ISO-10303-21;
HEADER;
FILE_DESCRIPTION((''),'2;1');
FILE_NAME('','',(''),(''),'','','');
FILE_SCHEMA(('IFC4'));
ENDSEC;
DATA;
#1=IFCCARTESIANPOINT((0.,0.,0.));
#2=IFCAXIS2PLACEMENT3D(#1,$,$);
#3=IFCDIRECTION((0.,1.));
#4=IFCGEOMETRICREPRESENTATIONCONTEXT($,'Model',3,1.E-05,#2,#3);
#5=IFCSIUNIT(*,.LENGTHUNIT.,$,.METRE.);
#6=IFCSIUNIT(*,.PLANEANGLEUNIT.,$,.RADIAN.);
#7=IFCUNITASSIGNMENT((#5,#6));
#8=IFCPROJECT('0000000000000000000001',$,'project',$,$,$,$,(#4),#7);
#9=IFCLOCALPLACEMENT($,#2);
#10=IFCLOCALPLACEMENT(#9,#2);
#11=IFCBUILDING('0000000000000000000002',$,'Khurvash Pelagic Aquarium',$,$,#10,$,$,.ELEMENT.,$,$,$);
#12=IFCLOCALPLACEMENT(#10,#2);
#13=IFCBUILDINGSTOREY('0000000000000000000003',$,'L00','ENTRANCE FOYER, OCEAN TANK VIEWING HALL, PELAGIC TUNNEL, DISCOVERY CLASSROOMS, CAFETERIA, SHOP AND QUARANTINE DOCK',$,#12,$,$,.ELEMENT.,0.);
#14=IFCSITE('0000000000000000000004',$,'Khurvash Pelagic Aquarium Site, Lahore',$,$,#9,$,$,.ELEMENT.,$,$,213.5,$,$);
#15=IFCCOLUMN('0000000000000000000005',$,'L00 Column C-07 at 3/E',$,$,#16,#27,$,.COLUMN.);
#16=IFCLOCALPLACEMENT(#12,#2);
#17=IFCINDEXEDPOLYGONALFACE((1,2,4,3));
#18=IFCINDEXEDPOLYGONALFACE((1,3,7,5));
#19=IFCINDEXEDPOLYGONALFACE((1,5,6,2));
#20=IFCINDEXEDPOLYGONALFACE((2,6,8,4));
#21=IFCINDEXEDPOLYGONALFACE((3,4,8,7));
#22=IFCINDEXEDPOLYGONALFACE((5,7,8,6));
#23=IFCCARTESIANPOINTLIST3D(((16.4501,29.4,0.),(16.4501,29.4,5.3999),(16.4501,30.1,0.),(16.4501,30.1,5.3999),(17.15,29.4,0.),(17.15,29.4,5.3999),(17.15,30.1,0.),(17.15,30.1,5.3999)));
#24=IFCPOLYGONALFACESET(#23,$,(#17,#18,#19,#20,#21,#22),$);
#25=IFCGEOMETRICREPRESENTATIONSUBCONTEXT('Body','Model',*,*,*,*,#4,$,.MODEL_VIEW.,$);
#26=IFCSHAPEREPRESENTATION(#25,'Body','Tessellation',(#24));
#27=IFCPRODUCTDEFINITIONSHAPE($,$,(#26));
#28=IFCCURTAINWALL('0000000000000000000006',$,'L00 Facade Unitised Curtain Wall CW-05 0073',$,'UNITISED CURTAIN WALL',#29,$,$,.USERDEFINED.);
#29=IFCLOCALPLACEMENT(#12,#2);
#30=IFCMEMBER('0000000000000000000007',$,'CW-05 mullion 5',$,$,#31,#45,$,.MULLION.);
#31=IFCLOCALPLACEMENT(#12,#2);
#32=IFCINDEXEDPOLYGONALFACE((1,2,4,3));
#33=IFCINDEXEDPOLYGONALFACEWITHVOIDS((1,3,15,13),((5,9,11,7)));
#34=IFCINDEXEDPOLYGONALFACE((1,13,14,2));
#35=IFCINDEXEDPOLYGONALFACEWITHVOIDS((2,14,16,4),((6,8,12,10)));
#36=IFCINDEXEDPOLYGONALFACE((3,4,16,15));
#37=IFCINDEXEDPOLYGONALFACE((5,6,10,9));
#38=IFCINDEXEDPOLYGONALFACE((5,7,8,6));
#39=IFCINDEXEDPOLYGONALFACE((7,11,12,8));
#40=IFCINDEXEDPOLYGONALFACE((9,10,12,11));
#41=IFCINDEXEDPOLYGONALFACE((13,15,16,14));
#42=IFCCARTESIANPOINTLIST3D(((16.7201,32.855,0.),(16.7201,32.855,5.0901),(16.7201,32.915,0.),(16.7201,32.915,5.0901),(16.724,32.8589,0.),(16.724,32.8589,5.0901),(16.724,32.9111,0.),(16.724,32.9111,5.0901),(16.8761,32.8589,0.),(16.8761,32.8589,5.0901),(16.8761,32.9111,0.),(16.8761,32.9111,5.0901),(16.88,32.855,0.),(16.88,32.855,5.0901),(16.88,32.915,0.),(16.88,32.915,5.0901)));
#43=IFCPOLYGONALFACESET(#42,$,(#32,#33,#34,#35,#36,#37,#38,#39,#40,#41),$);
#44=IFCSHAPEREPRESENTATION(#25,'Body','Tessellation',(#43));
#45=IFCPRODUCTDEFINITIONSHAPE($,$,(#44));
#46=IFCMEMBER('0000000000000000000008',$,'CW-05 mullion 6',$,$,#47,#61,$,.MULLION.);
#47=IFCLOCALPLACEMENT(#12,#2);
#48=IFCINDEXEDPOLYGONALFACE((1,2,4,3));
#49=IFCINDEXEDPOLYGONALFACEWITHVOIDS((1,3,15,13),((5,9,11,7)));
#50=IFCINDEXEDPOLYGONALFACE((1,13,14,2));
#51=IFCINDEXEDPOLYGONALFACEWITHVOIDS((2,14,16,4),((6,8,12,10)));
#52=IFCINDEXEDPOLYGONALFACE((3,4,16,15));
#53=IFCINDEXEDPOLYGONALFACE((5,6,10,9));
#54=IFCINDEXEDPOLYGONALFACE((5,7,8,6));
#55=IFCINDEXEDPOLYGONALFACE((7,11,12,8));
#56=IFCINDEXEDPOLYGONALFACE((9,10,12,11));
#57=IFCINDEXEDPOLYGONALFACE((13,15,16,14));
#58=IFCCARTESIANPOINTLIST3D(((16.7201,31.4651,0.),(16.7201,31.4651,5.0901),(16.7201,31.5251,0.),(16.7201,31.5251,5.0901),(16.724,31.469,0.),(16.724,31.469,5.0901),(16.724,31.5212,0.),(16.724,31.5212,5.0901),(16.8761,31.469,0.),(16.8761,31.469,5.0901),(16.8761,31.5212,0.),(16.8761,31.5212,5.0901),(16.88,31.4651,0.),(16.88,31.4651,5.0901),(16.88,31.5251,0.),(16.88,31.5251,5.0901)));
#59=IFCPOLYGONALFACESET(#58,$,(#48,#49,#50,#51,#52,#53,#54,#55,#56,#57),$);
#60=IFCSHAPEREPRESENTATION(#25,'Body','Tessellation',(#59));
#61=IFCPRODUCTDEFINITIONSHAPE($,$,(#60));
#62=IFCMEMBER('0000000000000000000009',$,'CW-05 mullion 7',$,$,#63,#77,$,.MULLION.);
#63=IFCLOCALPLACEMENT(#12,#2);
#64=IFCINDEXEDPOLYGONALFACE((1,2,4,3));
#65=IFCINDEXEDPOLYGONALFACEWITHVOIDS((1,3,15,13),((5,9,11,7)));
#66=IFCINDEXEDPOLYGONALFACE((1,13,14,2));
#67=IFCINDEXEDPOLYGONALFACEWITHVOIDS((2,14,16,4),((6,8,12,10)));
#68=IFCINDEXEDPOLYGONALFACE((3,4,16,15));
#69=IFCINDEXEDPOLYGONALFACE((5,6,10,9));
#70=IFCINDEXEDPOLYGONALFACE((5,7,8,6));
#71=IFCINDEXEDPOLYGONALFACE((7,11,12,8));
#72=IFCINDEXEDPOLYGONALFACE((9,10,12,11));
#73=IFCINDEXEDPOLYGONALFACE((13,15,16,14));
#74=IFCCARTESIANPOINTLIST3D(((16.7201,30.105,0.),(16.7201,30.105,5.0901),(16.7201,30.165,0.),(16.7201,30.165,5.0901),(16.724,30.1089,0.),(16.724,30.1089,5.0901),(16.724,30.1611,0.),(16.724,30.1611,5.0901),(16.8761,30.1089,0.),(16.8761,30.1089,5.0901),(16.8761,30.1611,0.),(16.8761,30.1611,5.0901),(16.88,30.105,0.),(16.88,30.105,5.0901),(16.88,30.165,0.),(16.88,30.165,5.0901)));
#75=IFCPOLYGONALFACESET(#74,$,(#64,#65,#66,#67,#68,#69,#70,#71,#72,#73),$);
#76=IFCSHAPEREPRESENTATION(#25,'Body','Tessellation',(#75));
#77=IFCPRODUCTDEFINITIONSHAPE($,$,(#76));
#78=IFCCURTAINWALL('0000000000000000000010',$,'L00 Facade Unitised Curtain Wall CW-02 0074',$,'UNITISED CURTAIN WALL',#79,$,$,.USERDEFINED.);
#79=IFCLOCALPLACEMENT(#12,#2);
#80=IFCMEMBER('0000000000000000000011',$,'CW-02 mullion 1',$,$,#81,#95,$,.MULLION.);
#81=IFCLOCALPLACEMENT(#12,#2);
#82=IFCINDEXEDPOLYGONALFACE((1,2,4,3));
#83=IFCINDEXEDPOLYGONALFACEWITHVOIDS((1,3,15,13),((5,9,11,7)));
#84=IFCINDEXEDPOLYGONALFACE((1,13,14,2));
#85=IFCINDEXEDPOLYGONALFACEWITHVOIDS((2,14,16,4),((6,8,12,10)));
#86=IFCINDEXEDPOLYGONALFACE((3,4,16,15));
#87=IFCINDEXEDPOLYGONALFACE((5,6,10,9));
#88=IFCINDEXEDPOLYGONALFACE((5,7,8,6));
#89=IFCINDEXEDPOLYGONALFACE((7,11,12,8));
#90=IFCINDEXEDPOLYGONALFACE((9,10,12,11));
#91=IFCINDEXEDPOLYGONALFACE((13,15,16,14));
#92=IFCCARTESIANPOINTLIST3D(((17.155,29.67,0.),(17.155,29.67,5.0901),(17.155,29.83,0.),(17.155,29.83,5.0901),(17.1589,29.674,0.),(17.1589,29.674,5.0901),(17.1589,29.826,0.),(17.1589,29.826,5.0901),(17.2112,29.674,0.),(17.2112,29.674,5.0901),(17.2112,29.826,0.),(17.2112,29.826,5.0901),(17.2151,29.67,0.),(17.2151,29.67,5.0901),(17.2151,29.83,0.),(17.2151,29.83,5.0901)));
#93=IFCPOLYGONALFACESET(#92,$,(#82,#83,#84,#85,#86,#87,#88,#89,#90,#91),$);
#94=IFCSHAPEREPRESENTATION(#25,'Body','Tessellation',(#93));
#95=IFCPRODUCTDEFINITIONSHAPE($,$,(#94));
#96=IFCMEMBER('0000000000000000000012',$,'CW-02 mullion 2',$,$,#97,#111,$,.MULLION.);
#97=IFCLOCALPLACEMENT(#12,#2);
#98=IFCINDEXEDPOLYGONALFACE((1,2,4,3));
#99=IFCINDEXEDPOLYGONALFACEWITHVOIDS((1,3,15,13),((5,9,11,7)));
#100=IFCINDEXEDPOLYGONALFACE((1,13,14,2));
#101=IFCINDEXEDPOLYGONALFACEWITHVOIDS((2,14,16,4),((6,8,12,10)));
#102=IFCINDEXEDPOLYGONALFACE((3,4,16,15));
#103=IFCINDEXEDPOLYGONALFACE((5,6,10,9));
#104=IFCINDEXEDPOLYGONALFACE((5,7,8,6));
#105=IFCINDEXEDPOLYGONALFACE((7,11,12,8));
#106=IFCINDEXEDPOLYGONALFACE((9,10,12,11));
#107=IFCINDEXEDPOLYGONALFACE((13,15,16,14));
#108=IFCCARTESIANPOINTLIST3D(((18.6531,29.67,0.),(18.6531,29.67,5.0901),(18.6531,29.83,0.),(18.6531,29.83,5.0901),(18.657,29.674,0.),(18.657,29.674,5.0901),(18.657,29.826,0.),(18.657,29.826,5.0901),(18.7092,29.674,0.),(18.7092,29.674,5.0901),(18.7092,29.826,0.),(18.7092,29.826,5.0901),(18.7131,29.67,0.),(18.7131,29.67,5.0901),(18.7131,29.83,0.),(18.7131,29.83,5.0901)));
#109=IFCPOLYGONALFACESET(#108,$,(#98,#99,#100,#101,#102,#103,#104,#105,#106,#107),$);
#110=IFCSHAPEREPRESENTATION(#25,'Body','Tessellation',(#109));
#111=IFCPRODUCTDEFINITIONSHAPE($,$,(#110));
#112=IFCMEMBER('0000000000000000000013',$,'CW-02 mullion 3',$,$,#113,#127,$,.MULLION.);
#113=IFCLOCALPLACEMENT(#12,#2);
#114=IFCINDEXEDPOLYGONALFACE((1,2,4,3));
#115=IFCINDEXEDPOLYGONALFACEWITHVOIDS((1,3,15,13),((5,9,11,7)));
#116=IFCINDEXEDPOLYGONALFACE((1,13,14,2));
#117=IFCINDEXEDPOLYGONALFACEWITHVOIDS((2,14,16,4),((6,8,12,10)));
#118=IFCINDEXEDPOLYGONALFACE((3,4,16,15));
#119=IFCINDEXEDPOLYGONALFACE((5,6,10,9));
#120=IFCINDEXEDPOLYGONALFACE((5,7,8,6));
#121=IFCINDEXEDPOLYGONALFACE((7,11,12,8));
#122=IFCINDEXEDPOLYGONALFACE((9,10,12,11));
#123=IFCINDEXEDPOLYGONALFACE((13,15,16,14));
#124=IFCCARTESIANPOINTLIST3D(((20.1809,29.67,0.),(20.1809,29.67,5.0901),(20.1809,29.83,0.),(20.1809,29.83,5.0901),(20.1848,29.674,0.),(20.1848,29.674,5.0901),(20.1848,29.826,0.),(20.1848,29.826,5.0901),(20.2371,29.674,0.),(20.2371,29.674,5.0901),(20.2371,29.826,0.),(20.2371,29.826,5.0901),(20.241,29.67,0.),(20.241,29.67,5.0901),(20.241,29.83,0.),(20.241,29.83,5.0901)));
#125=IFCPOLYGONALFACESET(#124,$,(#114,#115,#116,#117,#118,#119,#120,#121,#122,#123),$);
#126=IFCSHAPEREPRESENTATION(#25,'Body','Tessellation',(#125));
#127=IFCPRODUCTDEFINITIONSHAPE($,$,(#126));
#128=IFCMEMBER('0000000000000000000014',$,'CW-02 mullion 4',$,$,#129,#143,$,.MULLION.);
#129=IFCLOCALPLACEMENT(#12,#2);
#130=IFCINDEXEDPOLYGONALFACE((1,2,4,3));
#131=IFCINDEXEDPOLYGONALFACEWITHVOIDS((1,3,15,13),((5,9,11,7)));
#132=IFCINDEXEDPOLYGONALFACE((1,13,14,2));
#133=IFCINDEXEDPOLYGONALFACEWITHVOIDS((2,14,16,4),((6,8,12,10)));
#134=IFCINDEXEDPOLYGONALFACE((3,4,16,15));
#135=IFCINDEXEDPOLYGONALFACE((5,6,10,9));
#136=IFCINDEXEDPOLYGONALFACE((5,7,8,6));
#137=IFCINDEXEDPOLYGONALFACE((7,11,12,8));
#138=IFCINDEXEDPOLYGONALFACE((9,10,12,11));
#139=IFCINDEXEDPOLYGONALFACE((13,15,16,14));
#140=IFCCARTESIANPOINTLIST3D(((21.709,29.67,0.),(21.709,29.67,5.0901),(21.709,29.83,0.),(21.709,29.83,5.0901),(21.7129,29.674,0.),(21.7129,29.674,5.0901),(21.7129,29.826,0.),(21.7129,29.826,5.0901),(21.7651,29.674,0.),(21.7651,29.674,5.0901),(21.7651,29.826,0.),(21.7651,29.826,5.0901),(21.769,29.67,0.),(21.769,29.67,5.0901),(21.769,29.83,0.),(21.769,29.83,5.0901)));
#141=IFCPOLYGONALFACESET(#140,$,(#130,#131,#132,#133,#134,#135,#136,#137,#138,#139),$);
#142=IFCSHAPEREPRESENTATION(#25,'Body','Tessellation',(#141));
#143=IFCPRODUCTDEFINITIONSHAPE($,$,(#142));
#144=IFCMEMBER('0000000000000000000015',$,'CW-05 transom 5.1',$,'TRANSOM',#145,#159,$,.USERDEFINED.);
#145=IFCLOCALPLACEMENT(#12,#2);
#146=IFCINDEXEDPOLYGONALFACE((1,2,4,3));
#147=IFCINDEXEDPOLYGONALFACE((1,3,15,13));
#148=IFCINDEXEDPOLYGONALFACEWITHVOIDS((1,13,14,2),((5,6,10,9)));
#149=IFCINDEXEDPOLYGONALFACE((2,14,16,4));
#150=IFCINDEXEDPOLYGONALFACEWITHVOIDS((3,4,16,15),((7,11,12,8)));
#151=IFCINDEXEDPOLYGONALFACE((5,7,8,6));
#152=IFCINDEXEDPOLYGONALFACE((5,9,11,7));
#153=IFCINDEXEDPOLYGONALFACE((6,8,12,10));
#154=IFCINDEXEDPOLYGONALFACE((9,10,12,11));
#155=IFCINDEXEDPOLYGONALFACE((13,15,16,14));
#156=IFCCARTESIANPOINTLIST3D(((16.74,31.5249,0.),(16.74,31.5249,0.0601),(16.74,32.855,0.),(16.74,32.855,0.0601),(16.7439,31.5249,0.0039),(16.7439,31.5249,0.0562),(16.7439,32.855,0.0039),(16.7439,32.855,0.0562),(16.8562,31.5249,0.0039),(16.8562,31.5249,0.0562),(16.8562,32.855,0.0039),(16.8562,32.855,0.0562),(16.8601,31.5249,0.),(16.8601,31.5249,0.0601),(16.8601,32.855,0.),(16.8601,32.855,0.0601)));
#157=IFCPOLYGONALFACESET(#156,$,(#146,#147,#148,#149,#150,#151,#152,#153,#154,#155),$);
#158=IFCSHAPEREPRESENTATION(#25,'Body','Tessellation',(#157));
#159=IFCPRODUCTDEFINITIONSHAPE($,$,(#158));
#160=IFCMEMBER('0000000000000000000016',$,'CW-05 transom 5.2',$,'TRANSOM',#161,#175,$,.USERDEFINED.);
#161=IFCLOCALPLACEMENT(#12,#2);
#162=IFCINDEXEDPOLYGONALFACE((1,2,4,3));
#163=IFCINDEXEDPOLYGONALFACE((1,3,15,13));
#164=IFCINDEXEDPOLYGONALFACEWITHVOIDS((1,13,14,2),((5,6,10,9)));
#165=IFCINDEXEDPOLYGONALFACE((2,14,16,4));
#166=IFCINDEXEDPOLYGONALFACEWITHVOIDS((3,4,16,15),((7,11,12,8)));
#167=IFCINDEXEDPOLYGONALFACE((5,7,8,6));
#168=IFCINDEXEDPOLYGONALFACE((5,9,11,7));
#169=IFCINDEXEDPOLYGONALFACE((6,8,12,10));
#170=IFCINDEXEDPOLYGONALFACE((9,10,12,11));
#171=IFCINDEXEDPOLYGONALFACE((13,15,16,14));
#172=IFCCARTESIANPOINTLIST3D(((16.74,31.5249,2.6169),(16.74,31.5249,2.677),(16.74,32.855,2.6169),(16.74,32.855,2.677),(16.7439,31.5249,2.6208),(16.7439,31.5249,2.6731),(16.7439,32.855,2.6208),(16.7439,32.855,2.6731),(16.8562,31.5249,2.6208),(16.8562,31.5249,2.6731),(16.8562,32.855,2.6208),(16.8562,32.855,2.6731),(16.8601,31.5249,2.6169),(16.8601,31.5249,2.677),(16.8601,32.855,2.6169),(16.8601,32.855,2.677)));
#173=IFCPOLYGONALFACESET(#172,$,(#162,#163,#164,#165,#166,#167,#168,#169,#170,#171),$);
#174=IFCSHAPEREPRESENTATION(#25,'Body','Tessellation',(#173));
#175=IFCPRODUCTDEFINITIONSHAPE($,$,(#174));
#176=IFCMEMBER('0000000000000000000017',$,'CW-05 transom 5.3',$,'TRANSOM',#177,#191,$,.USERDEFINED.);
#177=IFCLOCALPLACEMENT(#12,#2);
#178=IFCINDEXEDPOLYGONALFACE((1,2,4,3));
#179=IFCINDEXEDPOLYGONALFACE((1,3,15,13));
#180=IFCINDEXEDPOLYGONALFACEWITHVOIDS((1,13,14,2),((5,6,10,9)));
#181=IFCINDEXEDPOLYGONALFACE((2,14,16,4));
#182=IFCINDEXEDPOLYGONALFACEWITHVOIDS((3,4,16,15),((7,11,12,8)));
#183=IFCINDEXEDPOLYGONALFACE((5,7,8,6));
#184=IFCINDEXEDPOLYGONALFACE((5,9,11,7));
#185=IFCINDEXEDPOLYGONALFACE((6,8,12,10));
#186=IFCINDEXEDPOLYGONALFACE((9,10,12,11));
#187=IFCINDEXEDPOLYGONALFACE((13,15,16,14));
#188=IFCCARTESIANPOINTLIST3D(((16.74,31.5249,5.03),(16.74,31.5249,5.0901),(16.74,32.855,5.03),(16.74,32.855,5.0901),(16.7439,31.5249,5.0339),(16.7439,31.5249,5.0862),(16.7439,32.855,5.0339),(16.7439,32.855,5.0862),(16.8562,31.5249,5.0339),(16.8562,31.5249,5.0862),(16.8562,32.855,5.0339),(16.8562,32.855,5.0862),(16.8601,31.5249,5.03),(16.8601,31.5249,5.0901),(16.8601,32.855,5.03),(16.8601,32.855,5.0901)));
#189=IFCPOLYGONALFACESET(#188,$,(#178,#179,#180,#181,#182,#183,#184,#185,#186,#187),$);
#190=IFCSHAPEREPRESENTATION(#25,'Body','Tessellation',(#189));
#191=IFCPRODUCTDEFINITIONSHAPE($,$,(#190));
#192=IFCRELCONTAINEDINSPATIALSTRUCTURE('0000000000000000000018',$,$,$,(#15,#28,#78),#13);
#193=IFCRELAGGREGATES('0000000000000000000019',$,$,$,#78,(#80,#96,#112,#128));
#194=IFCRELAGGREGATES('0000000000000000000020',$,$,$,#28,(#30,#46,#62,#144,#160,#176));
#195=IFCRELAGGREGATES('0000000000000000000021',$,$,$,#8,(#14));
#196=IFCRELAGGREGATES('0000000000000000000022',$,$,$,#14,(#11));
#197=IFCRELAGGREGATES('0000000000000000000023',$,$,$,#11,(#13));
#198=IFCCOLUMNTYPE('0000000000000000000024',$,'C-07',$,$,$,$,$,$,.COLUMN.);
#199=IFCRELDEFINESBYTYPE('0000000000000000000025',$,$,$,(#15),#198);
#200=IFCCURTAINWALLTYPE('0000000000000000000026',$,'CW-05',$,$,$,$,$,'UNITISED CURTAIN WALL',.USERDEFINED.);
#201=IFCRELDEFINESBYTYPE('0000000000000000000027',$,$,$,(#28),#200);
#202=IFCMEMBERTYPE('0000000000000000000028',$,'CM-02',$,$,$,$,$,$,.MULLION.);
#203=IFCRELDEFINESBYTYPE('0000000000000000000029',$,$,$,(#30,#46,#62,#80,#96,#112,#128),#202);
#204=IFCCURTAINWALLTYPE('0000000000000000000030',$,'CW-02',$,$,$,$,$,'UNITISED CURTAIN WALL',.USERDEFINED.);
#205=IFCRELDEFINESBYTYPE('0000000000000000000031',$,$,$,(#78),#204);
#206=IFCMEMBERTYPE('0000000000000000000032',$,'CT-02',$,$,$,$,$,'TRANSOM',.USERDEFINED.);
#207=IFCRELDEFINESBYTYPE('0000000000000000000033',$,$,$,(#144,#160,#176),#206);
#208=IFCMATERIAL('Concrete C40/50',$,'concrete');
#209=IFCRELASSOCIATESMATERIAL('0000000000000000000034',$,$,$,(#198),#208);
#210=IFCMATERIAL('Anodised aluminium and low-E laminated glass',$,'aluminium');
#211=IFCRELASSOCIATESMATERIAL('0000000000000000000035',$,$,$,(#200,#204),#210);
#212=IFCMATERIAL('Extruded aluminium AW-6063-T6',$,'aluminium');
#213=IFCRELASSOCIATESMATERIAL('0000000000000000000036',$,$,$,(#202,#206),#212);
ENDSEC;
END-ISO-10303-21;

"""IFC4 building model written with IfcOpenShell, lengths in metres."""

from ifc_helpers import new_model, si_unit, direction, frame, origin, origin_2d, place, context, subcontext, project, spatial, rectangle, hollow_rectangle, extrude, material, material_profile, profile_set, type_object, element, aggregate, save


model = new_model("IFC4")

# Units and contexts
model_context = context("Model", 3, precision=1e-05, world=origin(), true_north=direction((0.0, 1.0)))
body_context = subcontext(model_context, "Body", "Model", "MODEL_VIEW")
ifc_project = project(units=[si_unit("LENGTHUNIT", "METRE"), si_unit("PLANEANGLEUNIT", "RADIAN")], contexts=[model_context])

# Site, building, storey
site_placement = place(None, origin())
site = spatial("IfcSite", under=ifc_project, at=site_placement, Name="Khurvash Pelagic Aquarium Site, Lahore", CompositionType="ELEMENT", RefElevation=213.5)
building_placement = place(site_placement, origin())
building = spatial("IfcBuilding", under=site, at=building_placement, Name="Khurvash Pelagic Aquarium", CompositionType="ELEMENT")
storey_placement = place(building_placement, origin())
storey = spatial("IfcBuildingStorey", under=building, at=storey_placement, Name="L00", Description="ENTRANCE FOYER, OCEAN TANK VIEWING HALL, PELAGIC TUNNEL, DISCOVERY CLASSROOMS, CAFETERIA, SHOP AND QUARANTINE DOCK", CompositionType="ELEMENT", Elevation=0.0)

# Column
ifc_material_1 = material(Name="Concrete C40/50", Category="concrete")
ifc_material_profile_1 = material_profile(ifc_material_1, rectangle(XDim=0.7, YDim=0.7, at=origin_2d()), Name="RC700X700")
ifc_profile_set_1 = profile_set([ifc_material_profile_1], Name="Concrete C40/50")
column_type = type_object("IfcColumnType", Name="C-07", PredefinedType="COLUMN", material=ifc_profile_set_1)
column_placement = place(storey_placement, frame((16.8, 29.75, 0.0), z_axis=(0.0, 0.0, 1.0), x_axis=(1.0, 0.0, 0.0)))
element("IfcColumn", 1, at=column_placement, inside=storey, type_object=column_type, Name="L00 Column C-07 at 3/E", PredefinedType="COLUMN", context=body_context, shape_type="SweptSolid", body=[
    extrude(rectangle(XDim=0.7, YDim=0.7, at=origin_2d()), origin(), (0.0, 0.0, 1.0), 5.3999),
])

# Curtain walls, members
ifc_material_2 = material(Name="Anodised aluminium and low-E laminated glass", Category="aluminium")
curtain_wall_type_1 = type_object("IfcCurtainWallType", Name="CW-05", ElementType="UNITISED CURTAIN WALL", PredefinedType="USERDEFINED", material=ifc_material_2)
curtain_wall_1_placement = place(storey_placement, origin())
curtain_wall_1 = element("IfcCurtainWall", 2, at=curtain_wall_1_placement, inside=storey, type_object=curtain_wall_type_1, Name="L00 Facade Unitised Curtain Wall CW-05 0073", ObjectType="UNITISED CURTAIN WALL", PredefinedType="USERDEFINED")
ifc_material_3 = material(Name="Extruded aluminium AW-6063-T6", Category="aluminium")
ifc_material_profile_2 = material_profile(ifc_material_3, hollow_rectangle(XDim=0.0601, YDim=0.1599, WallThickness=0.0039, at=origin_2d()), Name="CWM60X160X4")
ifc_profile_set_2 = profile_set([ifc_material_profile_2], Name="Extruded aluminium AW-6063-T6")
member_type_1 = type_object("IfcMemberType", Name="CM-02", PredefinedType="MULLION", material=ifc_profile_set_2)
member_1_placement = place(storey_placement, frame((16.8, 32.885, 0.0), z_axis=(0.0, 0.0, 1.0), x_axis=(0.0, -1.0, 0.0)))
member_1 = element("IfcMember", 3, at=member_1_placement, type_object=member_type_1, Name="CW-05 mullion 5", PredefinedType="MULLION", context=body_context, shape_type="SweptSolid", body=[
    extrude(hollow_rectangle(XDim=0.0601, YDim=0.1599, WallThickness=0.0039, at=origin_2d()), origin(), (0.0, 0.0, 1.0), 5.0901),
])
member_2_placement = place(storey_placement, frame((16.8, 31.4951, 0.0), z_axis=(0.0, 0.0, 1.0), x_axis=(0.0, -1.0, 0.0)))
member_2 = element("IfcMember", 4, at=member_2_placement, type_object=member_type_1, Name="CW-05 mullion 6", PredefinedType="MULLION", context=body_context, shape_type="SweptSolid", body=[
    extrude(hollow_rectangle(XDim=0.0601, YDim=0.1599, WallThickness=0.0039, at=origin_2d()), origin(), (0.0, 0.0, 1.0), 5.0901),
])
member_3_placement = place(storey_placement, frame((16.8, 30.135, 0.0), z_axis=(0.0, 0.0, 1.0), x_axis=(0.0, -1.0, 0.0)))
member_3 = element("IfcMember", 5, at=member_3_placement, type_object=member_type_1, Name="CW-05 mullion 7", PredefinedType="MULLION", context=body_context, shape_type="SweptSolid", body=[
    extrude(hollow_rectangle(XDim=0.0601, YDim=0.1599, WallThickness=0.0039, at=origin_2d()), origin(), (0.0, 0.0, 1.0), 5.0901),
])
curtain_wall_type_2 = type_object("IfcCurtainWallType", Name="CW-02", ElementType="UNITISED CURTAIN WALL", PredefinedType="USERDEFINED", material=ifc_material_2)
curtain_wall_2_placement = place(storey_placement, origin())
curtain_wall_2 = element("IfcCurtainWall", 6, at=curtain_wall_2_placement, inside=storey, type_object=curtain_wall_type_2, Name="L00 Facade Unitised Curtain Wall CW-02 0074", ObjectType="UNITISED CURTAIN WALL", PredefinedType="USERDEFINED")
member_4_placement = place(storey_placement, frame((17.1851, 29.75, 0.0), z_axis=(0.0, 0.0, 1.0), x_axis=(1.0, 0.0, 0.0)))
member_4 = element("IfcMember", 7, at=member_4_placement, type_object=member_type_1, Name="CW-02 mullion 1", PredefinedType="MULLION", context=body_context, shape_type="SweptSolid", body=[
    extrude(hollow_rectangle(XDim=0.0601, YDim=0.1599, WallThickness=0.0039, at=origin_2d()), origin(), (0.0, 0.0, 1.0), 5.0901),
])
member_5_placement = place(storey_placement, frame((18.6831, 29.75, 0.0), z_axis=(0.0, 0.0, 1.0), x_axis=(1.0, 0.0, 0.0)))
member_5 = element("IfcMember", 8, at=member_5_placement, type_object=member_type_1, Name="CW-02 mullion 2", PredefinedType="MULLION", context=body_context, shape_type="SweptSolid", body=[
    extrude(hollow_rectangle(XDim=0.0601, YDim=0.1599, WallThickness=0.0039, at=origin_2d()), origin(), (0.0, 0.0, 1.0), 5.0901),
])
member_6_placement = place(storey_placement, frame((20.2109, 29.75, 0.0), z_axis=(0.0, 0.0, 1.0), x_axis=(1.0, 0.0, 0.0)))
member_6 = element("IfcMember", 9, at=member_6_placement, type_object=member_type_1, Name="CW-02 mullion 3", PredefinedType="MULLION", context=body_context, shape_type="SweptSolid", body=[
    extrude(hollow_rectangle(XDim=0.0601, YDim=0.1599, WallThickness=0.0039, at=origin_2d()), origin(), (0.0, 0.0, 1.0), 5.0901),
])
member_7_placement = place(storey_placement, frame((21.739, 29.75, 0.0), z_axis=(0.0, 0.0, 1.0), x_axis=(1.0, 0.0, 0.0)))
member_7 = element("IfcMember", 10, at=member_7_placement, type_object=member_type_1, Name="CW-02 mullion 4", PredefinedType="MULLION", context=body_context, shape_type="SweptSolid", body=[
    extrude(hollow_rectangle(XDim=0.0601, YDim=0.1599, WallThickness=0.0039, at=origin_2d()), origin(), (0.0, 0.0, 1.0), 5.0901),
])

# Members
ifc_material_profile_3 = material_profile(ifc_material_3, hollow_rectangle(XDim=0.1201, YDim=0.0601, WallThickness=0.0039, at=origin_2d()), Name="CWT120X60X4")
ifc_profile_set_3 = profile_set([ifc_material_profile_3], Name="Extruded aluminium AW-6063-T6")
member_type_2 = type_object("IfcMemberType", Name="CT-02", ElementType="TRANSOM", PredefinedType="USERDEFINED", material=ifc_profile_set_3)
member_8_placement = place(storey_placement, frame((16.8, 32.855, 0.03), z_axis=(0.0, -1.0, 0.0), x_axis=(1.0, 0.0, 0.0)))
member_8 = element("IfcMember", 11, at=member_8_placement, type_object=member_type_2, Name="CW-05 transom 5.1", ObjectType="TRANSOM", PredefinedType="USERDEFINED", context=body_context, shape_type="SweptSolid", body=[
    extrude(hollow_rectangle(XDim=0.1201, YDim=0.0601, WallThickness=0.0039, at=origin_2d()), origin(), (0.0, 0.0, 1.0), 1.3301),
])
member_9_placement = place(storey_placement, frame((16.8, 32.855, 2.647), z_axis=(0.0, -1.0, 0.0), x_axis=(1.0, 0.0, 0.0)))
member_9 = element("IfcMember", 12, at=member_9_placement, type_object=member_type_2, Name="CW-05 transom 5.2", ObjectType="TRANSOM", PredefinedType="USERDEFINED", context=body_context, shape_type="SweptSolid", body=[
    extrude(hollow_rectangle(XDim=0.1201, YDim=0.0601, WallThickness=0.0039, at=origin_2d()), origin(), (0.0, 0.0, 1.0), 1.3301),
])
member_10_placement = place(storey_placement, frame((16.8, 32.855, 5.0601), z_axis=(0.0, -1.0, 0.0), x_axis=(1.0, 0.0, 0.0)))
member_10 = element("IfcMember", 13, at=member_10_placement, type_object=member_type_2, Name="CW-05 transom 5.3", ObjectType="TRANSOM", PredefinedType="USERDEFINED", context=body_context, shape_type="SweptSolid", body=[
    extrude(hollow_rectangle(XDim=0.1201, YDim=0.0601, WallThickness=0.0039, at=origin_2d()), origin(), (0.0, 0.0, 1.0), 1.3301),
])

aggregate(curtain_wall_2, [member_4, member_5, member_6, member_7])
aggregate(curtain_wall_1, [member_1, member_2, member_3, member_8, member_9, member_10])

save(model, "model.ifc")
